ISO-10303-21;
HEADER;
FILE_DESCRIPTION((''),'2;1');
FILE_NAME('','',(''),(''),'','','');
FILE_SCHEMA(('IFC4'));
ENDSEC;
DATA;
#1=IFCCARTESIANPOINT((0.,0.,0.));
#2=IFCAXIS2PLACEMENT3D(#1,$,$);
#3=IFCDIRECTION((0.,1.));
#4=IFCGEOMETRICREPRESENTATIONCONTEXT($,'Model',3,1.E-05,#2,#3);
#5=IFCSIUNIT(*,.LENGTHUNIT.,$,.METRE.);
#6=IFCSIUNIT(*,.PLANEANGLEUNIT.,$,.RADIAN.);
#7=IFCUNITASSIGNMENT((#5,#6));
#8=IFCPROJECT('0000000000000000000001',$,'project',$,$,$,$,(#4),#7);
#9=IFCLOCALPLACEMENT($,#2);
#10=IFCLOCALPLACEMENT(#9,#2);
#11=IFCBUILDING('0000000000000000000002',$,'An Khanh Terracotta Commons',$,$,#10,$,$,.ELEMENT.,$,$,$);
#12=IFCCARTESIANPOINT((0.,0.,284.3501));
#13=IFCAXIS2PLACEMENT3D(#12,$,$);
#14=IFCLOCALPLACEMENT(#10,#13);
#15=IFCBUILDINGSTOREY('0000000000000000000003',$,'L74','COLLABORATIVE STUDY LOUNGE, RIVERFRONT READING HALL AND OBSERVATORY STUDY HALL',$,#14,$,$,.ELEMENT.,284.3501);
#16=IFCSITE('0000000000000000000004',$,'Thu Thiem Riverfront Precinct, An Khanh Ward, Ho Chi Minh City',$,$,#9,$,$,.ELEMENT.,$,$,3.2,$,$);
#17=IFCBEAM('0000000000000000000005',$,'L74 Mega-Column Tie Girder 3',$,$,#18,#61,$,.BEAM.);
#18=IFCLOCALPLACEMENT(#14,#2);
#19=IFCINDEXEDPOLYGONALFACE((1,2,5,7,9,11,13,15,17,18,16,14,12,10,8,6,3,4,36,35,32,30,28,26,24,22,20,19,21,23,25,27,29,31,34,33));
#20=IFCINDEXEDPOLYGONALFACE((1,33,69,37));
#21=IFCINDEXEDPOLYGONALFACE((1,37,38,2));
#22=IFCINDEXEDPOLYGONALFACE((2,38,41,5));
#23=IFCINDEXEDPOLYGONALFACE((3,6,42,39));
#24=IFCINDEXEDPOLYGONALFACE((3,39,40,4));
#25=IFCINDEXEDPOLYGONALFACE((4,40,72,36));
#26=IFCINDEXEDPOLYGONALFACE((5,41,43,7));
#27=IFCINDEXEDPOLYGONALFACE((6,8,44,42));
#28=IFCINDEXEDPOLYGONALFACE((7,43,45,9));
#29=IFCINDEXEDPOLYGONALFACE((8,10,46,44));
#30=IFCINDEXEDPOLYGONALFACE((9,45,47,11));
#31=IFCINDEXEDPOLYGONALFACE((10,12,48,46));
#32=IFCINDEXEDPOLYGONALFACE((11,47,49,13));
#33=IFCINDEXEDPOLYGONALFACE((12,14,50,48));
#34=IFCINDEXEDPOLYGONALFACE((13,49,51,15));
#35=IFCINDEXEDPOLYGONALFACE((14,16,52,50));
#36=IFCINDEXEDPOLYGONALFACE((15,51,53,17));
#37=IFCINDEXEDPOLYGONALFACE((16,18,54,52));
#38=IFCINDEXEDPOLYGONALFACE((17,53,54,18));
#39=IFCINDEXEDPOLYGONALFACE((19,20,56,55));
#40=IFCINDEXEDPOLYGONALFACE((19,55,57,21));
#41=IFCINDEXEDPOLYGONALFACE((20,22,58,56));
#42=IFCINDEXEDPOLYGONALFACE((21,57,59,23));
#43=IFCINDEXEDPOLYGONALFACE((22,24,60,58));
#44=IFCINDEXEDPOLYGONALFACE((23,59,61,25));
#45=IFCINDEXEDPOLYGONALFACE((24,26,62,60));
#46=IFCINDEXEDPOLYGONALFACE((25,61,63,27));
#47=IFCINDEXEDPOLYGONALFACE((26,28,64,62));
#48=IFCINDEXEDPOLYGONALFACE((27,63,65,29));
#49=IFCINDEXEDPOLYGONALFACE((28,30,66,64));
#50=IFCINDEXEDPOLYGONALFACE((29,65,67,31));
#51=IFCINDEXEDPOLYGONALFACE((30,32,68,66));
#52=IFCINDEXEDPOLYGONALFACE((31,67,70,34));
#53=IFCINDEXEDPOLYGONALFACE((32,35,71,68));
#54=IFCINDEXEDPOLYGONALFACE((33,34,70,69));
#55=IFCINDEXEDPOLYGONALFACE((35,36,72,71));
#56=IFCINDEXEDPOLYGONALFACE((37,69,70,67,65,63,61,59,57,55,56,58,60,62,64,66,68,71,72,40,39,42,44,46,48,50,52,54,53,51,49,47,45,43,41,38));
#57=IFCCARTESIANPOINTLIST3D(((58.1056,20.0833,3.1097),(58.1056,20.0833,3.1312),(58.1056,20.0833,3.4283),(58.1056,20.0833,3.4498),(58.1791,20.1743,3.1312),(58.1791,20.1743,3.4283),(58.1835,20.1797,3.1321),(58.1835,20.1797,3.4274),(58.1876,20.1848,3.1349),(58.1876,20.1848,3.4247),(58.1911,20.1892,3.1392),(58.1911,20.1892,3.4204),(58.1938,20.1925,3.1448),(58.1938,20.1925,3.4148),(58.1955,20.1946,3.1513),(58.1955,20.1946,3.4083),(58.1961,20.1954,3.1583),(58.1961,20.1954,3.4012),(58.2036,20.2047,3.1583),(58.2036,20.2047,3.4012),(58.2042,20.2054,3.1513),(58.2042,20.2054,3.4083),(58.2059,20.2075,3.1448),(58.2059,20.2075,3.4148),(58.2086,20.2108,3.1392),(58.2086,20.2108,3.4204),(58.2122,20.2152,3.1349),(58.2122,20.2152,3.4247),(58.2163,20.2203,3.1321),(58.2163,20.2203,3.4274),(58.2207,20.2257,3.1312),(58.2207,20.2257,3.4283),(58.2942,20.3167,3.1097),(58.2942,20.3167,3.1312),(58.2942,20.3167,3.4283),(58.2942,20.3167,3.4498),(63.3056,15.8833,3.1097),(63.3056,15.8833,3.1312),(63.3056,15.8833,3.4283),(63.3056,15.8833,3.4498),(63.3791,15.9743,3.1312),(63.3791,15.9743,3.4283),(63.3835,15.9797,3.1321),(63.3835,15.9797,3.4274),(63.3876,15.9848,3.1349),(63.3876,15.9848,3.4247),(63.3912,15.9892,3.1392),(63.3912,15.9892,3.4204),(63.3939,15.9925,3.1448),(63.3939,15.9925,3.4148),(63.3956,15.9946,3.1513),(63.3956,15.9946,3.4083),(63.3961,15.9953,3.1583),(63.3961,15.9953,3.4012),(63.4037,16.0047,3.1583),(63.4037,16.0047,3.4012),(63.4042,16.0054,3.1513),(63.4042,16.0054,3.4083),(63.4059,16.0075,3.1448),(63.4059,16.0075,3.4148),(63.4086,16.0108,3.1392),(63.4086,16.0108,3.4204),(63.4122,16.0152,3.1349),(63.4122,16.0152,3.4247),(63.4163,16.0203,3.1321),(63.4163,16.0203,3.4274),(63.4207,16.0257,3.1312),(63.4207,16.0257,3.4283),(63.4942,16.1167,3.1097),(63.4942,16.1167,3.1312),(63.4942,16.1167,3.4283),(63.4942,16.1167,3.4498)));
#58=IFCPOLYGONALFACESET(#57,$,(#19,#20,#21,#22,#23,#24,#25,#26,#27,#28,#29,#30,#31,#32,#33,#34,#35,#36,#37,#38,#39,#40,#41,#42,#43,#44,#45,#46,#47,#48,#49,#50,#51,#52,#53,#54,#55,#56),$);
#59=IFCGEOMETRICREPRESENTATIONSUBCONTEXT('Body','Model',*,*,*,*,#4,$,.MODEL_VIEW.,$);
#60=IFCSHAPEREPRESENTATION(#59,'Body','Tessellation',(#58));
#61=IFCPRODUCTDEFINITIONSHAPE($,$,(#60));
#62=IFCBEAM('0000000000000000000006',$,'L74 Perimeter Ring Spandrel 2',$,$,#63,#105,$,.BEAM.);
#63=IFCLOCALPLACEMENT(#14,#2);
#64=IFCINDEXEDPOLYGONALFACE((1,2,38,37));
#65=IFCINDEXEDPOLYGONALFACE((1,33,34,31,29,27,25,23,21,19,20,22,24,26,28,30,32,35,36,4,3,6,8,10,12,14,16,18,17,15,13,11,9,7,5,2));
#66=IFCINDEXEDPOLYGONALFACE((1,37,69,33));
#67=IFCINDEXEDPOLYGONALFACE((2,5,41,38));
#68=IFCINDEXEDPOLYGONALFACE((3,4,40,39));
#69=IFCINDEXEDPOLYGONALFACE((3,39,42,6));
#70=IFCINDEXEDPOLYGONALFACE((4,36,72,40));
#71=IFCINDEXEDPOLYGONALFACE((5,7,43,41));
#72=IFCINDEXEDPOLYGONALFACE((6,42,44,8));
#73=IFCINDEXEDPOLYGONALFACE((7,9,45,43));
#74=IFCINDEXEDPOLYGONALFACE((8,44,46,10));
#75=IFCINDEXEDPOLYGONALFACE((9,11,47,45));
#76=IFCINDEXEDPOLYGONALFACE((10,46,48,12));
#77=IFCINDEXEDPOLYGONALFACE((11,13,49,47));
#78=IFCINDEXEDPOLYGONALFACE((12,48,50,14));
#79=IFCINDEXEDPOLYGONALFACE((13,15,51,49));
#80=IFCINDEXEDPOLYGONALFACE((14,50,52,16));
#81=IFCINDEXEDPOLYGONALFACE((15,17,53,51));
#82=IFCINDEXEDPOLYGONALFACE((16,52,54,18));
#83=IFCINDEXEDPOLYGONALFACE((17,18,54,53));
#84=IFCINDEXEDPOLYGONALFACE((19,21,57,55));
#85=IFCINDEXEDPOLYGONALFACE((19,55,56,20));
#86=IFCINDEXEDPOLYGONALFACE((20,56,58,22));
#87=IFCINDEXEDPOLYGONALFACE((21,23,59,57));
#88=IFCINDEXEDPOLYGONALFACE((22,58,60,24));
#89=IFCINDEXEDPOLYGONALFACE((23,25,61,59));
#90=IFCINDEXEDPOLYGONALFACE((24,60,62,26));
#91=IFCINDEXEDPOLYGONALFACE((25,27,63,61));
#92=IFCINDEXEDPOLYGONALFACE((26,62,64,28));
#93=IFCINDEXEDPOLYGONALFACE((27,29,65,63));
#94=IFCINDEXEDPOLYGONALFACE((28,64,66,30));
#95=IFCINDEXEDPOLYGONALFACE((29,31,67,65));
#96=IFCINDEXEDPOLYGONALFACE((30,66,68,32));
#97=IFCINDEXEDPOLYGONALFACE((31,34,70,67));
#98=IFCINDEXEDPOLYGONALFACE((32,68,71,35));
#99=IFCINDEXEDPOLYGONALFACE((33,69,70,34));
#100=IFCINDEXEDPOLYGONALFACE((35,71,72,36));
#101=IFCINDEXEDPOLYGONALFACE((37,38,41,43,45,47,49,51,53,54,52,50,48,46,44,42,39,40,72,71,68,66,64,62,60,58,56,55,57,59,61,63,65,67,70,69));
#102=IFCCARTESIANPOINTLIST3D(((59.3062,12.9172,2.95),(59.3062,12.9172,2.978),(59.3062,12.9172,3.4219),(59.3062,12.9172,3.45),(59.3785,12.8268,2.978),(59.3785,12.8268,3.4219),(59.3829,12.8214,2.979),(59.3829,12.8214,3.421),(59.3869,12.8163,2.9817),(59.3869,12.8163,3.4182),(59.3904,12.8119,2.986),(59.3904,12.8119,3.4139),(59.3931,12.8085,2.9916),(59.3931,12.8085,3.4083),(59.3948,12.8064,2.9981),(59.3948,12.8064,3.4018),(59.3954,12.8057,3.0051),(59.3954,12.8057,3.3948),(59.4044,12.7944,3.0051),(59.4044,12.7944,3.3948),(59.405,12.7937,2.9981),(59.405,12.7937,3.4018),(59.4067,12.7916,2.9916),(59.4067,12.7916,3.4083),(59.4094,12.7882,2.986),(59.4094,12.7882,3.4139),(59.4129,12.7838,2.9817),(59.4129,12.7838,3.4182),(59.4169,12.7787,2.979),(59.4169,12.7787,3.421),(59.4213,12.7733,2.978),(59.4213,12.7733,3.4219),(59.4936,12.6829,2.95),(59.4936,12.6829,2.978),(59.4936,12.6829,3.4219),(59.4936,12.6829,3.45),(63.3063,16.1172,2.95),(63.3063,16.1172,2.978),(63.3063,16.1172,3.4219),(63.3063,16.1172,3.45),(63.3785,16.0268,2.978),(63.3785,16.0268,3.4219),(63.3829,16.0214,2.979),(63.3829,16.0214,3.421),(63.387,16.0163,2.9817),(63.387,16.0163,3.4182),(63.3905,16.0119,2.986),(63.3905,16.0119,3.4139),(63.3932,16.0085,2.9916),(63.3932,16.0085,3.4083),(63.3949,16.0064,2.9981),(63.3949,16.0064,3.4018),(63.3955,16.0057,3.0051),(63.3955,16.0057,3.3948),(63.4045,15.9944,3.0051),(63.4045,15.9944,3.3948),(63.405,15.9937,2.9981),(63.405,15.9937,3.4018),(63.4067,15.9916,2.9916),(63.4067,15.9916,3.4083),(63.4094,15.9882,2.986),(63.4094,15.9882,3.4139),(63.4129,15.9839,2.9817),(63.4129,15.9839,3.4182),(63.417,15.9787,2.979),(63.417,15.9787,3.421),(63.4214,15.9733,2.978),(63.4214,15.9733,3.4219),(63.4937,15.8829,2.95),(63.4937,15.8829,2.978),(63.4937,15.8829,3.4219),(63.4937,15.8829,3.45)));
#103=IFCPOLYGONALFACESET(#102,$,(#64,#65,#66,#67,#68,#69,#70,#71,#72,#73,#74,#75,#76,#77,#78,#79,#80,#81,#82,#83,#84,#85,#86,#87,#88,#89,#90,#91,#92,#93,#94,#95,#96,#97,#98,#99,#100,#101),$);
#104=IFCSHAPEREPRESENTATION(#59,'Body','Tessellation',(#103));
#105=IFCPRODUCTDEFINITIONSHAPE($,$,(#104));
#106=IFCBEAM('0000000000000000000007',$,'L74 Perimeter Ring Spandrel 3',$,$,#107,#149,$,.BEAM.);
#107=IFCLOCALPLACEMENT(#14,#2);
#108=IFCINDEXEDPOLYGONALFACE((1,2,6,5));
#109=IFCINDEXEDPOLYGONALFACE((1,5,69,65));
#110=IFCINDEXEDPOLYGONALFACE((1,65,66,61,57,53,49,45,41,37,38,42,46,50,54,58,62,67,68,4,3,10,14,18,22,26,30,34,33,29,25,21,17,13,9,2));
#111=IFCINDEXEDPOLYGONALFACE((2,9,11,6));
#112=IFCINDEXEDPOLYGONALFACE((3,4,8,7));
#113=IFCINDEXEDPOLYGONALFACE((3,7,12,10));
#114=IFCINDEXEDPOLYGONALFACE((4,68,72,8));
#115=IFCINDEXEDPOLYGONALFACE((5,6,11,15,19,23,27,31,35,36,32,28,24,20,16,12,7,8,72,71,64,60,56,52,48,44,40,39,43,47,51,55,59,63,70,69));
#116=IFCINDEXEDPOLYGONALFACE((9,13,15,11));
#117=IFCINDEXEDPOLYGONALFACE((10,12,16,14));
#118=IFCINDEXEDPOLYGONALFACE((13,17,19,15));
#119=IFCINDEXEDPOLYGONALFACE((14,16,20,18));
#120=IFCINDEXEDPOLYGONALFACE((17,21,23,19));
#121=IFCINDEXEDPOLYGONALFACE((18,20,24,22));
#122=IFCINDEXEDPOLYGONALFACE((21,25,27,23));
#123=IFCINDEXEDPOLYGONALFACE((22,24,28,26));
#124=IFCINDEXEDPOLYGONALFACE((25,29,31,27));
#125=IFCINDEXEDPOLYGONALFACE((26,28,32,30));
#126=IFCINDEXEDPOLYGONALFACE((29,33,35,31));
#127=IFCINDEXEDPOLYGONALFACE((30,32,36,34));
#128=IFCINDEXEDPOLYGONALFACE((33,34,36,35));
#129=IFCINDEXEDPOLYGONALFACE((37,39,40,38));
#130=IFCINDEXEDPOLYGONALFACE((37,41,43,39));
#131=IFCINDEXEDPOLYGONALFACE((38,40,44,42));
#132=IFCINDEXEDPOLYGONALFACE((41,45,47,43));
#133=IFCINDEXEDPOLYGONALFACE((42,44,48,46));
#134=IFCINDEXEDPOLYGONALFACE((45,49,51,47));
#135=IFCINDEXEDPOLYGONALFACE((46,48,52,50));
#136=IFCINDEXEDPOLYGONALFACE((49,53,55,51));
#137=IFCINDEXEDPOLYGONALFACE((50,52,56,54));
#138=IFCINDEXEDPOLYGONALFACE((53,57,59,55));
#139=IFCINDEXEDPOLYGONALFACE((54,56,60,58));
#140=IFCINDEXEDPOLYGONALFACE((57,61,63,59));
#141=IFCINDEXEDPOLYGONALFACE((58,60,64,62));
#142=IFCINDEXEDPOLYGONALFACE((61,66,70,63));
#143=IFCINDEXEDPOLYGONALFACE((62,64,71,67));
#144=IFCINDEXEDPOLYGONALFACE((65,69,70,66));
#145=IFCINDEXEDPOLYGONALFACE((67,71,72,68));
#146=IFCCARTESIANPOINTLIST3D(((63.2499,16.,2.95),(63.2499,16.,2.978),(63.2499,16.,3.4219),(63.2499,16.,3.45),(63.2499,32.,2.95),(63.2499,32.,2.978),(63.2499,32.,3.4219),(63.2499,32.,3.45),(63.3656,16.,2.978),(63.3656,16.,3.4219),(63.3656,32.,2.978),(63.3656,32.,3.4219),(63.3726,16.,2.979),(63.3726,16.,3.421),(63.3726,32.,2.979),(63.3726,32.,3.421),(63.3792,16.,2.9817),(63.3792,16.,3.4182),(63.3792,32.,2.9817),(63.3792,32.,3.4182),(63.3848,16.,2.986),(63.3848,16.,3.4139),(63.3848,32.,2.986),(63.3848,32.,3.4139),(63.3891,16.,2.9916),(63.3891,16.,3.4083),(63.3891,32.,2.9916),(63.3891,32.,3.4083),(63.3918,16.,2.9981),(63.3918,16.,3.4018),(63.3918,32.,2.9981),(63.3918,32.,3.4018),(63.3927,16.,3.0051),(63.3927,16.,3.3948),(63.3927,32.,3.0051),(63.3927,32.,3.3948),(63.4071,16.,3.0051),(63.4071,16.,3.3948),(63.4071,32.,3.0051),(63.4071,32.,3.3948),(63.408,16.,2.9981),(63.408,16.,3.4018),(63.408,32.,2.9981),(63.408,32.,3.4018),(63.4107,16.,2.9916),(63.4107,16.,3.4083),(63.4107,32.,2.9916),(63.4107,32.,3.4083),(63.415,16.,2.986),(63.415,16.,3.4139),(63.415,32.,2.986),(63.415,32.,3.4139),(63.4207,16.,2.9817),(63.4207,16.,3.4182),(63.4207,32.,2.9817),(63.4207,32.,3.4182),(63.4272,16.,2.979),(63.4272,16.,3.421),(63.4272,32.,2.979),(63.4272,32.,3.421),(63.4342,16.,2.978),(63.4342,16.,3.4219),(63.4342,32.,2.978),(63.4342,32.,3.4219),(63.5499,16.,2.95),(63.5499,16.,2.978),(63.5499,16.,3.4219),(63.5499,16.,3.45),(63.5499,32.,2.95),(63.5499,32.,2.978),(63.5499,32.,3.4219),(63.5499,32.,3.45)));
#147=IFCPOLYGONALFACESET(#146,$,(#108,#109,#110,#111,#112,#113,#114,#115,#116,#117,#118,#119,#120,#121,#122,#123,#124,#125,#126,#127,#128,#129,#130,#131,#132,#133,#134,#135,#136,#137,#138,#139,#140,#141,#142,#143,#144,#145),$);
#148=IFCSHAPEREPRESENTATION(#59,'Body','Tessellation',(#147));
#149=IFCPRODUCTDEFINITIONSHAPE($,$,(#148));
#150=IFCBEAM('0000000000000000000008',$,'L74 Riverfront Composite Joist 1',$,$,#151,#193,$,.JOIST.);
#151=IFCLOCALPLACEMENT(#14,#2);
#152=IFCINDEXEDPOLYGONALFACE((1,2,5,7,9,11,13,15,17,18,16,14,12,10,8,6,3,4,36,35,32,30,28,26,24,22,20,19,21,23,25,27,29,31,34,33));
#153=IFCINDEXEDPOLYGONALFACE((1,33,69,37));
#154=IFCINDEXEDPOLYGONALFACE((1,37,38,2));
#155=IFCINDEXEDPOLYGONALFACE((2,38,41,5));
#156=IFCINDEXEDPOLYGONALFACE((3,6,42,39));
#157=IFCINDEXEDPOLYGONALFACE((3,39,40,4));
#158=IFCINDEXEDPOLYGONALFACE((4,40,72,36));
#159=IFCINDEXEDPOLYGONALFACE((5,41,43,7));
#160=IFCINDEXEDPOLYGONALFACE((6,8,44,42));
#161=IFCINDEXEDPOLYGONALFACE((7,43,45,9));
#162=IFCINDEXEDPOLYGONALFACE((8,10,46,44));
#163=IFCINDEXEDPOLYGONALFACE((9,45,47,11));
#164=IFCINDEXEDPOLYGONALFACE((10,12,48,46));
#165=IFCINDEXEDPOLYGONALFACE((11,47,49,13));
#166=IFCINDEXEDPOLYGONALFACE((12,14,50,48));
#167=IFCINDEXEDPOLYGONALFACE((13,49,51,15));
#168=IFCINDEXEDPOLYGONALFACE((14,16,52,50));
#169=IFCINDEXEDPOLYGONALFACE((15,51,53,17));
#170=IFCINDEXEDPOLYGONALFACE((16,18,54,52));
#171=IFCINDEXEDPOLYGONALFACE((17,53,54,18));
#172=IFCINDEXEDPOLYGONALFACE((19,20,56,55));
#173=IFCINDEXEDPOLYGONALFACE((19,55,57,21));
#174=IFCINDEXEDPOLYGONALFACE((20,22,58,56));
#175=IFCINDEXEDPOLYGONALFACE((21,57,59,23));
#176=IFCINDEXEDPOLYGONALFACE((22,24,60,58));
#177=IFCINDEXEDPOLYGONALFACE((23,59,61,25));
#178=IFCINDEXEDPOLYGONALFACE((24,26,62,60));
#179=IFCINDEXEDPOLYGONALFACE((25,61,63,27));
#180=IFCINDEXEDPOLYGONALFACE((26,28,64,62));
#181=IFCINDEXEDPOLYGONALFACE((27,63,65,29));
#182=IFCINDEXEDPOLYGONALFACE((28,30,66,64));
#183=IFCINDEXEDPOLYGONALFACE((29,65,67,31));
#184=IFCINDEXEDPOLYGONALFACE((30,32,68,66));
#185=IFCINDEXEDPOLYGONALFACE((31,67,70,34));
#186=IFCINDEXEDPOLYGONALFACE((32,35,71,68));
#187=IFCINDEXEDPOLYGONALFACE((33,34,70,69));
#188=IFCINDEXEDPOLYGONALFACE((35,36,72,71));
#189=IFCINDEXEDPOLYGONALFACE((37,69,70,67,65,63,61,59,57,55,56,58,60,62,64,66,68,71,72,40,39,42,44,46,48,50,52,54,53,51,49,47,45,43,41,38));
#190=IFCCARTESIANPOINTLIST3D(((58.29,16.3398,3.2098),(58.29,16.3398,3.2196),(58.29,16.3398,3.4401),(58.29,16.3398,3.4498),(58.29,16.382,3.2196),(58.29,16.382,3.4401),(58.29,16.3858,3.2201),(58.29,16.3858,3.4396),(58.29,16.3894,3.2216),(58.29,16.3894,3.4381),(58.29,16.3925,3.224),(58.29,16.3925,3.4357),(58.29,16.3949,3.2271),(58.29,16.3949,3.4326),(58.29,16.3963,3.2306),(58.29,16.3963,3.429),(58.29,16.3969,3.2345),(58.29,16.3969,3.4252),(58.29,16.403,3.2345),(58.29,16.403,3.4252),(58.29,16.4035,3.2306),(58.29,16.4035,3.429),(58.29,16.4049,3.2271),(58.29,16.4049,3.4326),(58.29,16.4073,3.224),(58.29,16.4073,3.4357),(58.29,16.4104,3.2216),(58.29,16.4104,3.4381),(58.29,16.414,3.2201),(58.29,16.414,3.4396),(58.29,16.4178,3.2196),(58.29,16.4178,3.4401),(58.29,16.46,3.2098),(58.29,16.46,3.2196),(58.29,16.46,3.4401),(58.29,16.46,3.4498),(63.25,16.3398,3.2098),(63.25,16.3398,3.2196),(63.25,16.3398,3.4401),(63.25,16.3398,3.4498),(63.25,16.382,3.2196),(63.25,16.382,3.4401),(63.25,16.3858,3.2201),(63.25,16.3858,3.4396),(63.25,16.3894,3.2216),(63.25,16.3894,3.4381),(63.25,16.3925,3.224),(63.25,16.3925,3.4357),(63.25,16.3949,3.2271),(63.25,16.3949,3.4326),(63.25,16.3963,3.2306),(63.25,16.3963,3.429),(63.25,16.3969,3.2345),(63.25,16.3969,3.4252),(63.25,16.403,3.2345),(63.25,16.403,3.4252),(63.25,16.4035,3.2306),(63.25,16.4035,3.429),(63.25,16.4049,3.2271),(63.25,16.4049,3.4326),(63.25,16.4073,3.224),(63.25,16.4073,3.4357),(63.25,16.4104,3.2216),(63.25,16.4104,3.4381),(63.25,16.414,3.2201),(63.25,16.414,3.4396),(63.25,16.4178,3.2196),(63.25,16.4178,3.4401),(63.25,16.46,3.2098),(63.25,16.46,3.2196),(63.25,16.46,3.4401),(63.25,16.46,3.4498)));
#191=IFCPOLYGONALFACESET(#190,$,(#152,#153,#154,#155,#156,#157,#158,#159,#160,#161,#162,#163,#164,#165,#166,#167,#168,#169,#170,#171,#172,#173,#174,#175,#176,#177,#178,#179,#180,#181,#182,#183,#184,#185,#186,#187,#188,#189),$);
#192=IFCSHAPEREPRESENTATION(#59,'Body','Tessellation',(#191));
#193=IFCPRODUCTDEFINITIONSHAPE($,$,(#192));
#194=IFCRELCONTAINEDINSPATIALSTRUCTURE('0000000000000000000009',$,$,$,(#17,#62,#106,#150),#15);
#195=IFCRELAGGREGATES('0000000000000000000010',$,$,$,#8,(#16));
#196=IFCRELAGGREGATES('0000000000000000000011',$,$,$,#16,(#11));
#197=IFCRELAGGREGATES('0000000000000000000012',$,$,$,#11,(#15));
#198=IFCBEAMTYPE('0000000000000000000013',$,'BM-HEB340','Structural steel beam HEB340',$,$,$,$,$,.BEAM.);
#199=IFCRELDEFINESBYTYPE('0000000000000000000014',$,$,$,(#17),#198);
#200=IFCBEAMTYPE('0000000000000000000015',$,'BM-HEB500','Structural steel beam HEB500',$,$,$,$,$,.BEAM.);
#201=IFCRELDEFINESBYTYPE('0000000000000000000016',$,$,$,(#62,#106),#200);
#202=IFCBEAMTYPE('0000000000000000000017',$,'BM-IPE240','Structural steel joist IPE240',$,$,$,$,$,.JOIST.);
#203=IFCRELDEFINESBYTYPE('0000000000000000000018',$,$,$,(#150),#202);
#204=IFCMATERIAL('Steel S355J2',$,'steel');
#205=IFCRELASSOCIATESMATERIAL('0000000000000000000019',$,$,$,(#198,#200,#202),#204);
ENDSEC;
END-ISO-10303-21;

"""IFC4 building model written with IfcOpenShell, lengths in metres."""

from ifc_helpers import new_model, si_unit, direction, frame, origin, origin_2d, place, context, subcontext, project, spatial, i_section, extrude, material, material_profile, profile_set, type_object, element, save


model = new_model("IFC4")

# Units and contexts
model_context = context("Model", 3, precision=1e-05, world=origin(), true_north=direction((0.0, 1.0)))
body_context = subcontext(model_context, "Body", "Model", "MODEL_VIEW")
ifc_project = project(units=[si_unit("LENGTHUNIT", "METRE"), si_unit("PLANEANGLEUNIT", "RADIAN")], contexts=[model_context])

# Site, building, storey
site_placement = place(None, origin())
site = spatial("IfcSite", under=ifc_project, at=site_placement, Name="Thu Thiem Riverfront Precinct, An Khanh Ward, Ho Chi Minh City", CompositionType="ELEMENT", RefElevation=3.2)
building_placement = place(site_placement, origin())
building = spatial("IfcBuilding", under=site, at=building_placement, Name="An Khanh Terracotta Commons", CompositionType="ELEMENT")
storey_placement = place(building_placement, frame((0.0, 0.0, 284.3501)))
storey = spatial("IfcBuildingStorey", under=building, at=storey_placement, Name="L74", Description="COLLABORATIVE STUDY LOUNGE, RIVERFRONT READING HALL AND OBSERVATORY STUDY HALL", CompositionType="ELEMENT", Elevation=284.3501)

# Beams
ifc_material_1 = material(Name="Steel S355J2", Category="steel")
ifc_material_profile_1 = material_profile(ifc_material_1, i_section(OverallWidth=0.3, OverallDepth=0.3401, WebThickness=0.012, FlangeThickness=0.0215, FilletRadius=0.0271, at=origin_2d()), Name="HEB340")
ifc_profile_set_1 = profile_set([ifc_material_profile_1], Name="Steel S355J2")
beam_type_1 = type_object("IfcBeamType", Name="BM-HEB340", Description="Structural steel beam HEB340", PredefinedType="BEAM", material=ifc_profile_set_1)
beam_1_placement = place(storey_placement, frame((63.3999, 16.0, 3.2798), z_axis=(-0.777942, 0.628336, 0.0), x_axis=(-0.628336, -0.777942, 0.0)))
element("IfcBeam", 1, at=beam_1_placement, inside=storey, type_object=beam_type_1, Name="L74 Mega-Column Tie Girder 3", PredefinedType="BEAM", context=body_context, shape_type="SweptSolid", body=[
    extrude(i_section(OverallWidth=0.3, OverallDepth=0.3401, WebThickness=0.012, FlangeThickness=0.0215, FilletRadius=0.0271, at=origin_2d()), origin(), (0.0, 0.0, 1.0), 6.6843),
])
ifc_material_profile_2 = material_profile(ifc_material_1, i_section(OverallWidth=0.3, OverallDepth=0.5, WebThickness=0.0144, FlangeThickness=0.0281, FilletRadius=0.0271, at=origin_2d()), Name="HEB500")
ifc_profile_set_2 = profile_set([ifc_material_profile_2], Name="Steel S355J2")
beam_type_2 = type_object("IfcBeamType", Name="BM-HEB500", Description="Structural steel beam HEB500", PredefinedType="BEAM", material=ifc_profile_set_2)
beam_2_placement = place(storey_placement, frame((59.3999, 12.8, 3.2), z_axis=(0.780873, 0.624689, 0.0), x_axis=(-0.624689, 0.780873, 0.0)))
element("IfcBeam", 2, at=beam_2_placement, inside=storey, type_object=beam_type_2, Name="L74 Perimeter Ring Spandrel 2", PredefinedType="BEAM", context=body_context, shape_type="SweptSolid", body=[
    extrude(i_section(OverallWidth=0.3, OverallDepth=0.5, WebThickness=0.0144, FlangeThickness=0.0281, FilletRadius=0.0271, at=origin_2d()), origin(), (0.0, 0.0, 1.0), 5.1226),
])
beam_3_placement = place(storey_placement, frame((63.3999, 16.0, 3.2), z_axis=(0.0, 1.0, 0.0), x_axis=(-1.0, 0.0, 0.0)))
element("IfcBeam", 3, at=beam_3_placement, inside=storey, type_object=beam_type_2, Name="L74 Perimeter Ring Spandrel 3", PredefinedType="BEAM", context=body_context, shape_type="SweptSolid", body=[
    extrude(i_section(OverallWidth=0.3, OverallDepth=0.5, WebThickness=0.0144, FlangeThickness=0.0281, FilletRadius=0.0271, at=origin_2d()), origin(), (0.0, 0.0, 1.0), 16.0),
])
ifc_material_profile_3 = material_profile(ifc_material_1, i_section(OverallWidth=0.1201, OverallDepth=0.24, WebThickness=0.0061, FlangeThickness=0.0098, FilletRadius=0.0149, at=origin_2d()), Name="IPE240")
ifc_profile_set_3 = profile_set([ifc_material_profile_3], Name="Steel S355J2")
beam_type_3 = type_object("IfcBeamType", Name="BM-IPE240", Description="Structural steel joist IPE240", PredefinedType="JOIST", material=ifc_profile_set_3)
for number, where, z_axis, x_axis, name in (
    (4, (58.29, 16.3999, 3.3298), (1.0, 0.0, 0.0), (0.0, 1.0, 0.0), "L74 Riverfront Composite Joist 1"),
):
    element("IfcBeam", number, at=place(storey_placement, frame(where, z_axis=z_axis, x_axis=x_axis)), inside=storey, type_object=beam_type_3, Name=name, PredefinedType="JOIST", context=body_context, shape_type="SweptSolid", body=[
        extrude(i_section(OverallWidth=0.1201, OverallDepth=0.24, WebThickness=0.0061, FlangeThickness=0.0098, FilletRadius=0.0149, at=origin_2d()), origin(), (0.0, 0.0, 1.0), 4.96),
    ])

save(model, "model.ifc")
